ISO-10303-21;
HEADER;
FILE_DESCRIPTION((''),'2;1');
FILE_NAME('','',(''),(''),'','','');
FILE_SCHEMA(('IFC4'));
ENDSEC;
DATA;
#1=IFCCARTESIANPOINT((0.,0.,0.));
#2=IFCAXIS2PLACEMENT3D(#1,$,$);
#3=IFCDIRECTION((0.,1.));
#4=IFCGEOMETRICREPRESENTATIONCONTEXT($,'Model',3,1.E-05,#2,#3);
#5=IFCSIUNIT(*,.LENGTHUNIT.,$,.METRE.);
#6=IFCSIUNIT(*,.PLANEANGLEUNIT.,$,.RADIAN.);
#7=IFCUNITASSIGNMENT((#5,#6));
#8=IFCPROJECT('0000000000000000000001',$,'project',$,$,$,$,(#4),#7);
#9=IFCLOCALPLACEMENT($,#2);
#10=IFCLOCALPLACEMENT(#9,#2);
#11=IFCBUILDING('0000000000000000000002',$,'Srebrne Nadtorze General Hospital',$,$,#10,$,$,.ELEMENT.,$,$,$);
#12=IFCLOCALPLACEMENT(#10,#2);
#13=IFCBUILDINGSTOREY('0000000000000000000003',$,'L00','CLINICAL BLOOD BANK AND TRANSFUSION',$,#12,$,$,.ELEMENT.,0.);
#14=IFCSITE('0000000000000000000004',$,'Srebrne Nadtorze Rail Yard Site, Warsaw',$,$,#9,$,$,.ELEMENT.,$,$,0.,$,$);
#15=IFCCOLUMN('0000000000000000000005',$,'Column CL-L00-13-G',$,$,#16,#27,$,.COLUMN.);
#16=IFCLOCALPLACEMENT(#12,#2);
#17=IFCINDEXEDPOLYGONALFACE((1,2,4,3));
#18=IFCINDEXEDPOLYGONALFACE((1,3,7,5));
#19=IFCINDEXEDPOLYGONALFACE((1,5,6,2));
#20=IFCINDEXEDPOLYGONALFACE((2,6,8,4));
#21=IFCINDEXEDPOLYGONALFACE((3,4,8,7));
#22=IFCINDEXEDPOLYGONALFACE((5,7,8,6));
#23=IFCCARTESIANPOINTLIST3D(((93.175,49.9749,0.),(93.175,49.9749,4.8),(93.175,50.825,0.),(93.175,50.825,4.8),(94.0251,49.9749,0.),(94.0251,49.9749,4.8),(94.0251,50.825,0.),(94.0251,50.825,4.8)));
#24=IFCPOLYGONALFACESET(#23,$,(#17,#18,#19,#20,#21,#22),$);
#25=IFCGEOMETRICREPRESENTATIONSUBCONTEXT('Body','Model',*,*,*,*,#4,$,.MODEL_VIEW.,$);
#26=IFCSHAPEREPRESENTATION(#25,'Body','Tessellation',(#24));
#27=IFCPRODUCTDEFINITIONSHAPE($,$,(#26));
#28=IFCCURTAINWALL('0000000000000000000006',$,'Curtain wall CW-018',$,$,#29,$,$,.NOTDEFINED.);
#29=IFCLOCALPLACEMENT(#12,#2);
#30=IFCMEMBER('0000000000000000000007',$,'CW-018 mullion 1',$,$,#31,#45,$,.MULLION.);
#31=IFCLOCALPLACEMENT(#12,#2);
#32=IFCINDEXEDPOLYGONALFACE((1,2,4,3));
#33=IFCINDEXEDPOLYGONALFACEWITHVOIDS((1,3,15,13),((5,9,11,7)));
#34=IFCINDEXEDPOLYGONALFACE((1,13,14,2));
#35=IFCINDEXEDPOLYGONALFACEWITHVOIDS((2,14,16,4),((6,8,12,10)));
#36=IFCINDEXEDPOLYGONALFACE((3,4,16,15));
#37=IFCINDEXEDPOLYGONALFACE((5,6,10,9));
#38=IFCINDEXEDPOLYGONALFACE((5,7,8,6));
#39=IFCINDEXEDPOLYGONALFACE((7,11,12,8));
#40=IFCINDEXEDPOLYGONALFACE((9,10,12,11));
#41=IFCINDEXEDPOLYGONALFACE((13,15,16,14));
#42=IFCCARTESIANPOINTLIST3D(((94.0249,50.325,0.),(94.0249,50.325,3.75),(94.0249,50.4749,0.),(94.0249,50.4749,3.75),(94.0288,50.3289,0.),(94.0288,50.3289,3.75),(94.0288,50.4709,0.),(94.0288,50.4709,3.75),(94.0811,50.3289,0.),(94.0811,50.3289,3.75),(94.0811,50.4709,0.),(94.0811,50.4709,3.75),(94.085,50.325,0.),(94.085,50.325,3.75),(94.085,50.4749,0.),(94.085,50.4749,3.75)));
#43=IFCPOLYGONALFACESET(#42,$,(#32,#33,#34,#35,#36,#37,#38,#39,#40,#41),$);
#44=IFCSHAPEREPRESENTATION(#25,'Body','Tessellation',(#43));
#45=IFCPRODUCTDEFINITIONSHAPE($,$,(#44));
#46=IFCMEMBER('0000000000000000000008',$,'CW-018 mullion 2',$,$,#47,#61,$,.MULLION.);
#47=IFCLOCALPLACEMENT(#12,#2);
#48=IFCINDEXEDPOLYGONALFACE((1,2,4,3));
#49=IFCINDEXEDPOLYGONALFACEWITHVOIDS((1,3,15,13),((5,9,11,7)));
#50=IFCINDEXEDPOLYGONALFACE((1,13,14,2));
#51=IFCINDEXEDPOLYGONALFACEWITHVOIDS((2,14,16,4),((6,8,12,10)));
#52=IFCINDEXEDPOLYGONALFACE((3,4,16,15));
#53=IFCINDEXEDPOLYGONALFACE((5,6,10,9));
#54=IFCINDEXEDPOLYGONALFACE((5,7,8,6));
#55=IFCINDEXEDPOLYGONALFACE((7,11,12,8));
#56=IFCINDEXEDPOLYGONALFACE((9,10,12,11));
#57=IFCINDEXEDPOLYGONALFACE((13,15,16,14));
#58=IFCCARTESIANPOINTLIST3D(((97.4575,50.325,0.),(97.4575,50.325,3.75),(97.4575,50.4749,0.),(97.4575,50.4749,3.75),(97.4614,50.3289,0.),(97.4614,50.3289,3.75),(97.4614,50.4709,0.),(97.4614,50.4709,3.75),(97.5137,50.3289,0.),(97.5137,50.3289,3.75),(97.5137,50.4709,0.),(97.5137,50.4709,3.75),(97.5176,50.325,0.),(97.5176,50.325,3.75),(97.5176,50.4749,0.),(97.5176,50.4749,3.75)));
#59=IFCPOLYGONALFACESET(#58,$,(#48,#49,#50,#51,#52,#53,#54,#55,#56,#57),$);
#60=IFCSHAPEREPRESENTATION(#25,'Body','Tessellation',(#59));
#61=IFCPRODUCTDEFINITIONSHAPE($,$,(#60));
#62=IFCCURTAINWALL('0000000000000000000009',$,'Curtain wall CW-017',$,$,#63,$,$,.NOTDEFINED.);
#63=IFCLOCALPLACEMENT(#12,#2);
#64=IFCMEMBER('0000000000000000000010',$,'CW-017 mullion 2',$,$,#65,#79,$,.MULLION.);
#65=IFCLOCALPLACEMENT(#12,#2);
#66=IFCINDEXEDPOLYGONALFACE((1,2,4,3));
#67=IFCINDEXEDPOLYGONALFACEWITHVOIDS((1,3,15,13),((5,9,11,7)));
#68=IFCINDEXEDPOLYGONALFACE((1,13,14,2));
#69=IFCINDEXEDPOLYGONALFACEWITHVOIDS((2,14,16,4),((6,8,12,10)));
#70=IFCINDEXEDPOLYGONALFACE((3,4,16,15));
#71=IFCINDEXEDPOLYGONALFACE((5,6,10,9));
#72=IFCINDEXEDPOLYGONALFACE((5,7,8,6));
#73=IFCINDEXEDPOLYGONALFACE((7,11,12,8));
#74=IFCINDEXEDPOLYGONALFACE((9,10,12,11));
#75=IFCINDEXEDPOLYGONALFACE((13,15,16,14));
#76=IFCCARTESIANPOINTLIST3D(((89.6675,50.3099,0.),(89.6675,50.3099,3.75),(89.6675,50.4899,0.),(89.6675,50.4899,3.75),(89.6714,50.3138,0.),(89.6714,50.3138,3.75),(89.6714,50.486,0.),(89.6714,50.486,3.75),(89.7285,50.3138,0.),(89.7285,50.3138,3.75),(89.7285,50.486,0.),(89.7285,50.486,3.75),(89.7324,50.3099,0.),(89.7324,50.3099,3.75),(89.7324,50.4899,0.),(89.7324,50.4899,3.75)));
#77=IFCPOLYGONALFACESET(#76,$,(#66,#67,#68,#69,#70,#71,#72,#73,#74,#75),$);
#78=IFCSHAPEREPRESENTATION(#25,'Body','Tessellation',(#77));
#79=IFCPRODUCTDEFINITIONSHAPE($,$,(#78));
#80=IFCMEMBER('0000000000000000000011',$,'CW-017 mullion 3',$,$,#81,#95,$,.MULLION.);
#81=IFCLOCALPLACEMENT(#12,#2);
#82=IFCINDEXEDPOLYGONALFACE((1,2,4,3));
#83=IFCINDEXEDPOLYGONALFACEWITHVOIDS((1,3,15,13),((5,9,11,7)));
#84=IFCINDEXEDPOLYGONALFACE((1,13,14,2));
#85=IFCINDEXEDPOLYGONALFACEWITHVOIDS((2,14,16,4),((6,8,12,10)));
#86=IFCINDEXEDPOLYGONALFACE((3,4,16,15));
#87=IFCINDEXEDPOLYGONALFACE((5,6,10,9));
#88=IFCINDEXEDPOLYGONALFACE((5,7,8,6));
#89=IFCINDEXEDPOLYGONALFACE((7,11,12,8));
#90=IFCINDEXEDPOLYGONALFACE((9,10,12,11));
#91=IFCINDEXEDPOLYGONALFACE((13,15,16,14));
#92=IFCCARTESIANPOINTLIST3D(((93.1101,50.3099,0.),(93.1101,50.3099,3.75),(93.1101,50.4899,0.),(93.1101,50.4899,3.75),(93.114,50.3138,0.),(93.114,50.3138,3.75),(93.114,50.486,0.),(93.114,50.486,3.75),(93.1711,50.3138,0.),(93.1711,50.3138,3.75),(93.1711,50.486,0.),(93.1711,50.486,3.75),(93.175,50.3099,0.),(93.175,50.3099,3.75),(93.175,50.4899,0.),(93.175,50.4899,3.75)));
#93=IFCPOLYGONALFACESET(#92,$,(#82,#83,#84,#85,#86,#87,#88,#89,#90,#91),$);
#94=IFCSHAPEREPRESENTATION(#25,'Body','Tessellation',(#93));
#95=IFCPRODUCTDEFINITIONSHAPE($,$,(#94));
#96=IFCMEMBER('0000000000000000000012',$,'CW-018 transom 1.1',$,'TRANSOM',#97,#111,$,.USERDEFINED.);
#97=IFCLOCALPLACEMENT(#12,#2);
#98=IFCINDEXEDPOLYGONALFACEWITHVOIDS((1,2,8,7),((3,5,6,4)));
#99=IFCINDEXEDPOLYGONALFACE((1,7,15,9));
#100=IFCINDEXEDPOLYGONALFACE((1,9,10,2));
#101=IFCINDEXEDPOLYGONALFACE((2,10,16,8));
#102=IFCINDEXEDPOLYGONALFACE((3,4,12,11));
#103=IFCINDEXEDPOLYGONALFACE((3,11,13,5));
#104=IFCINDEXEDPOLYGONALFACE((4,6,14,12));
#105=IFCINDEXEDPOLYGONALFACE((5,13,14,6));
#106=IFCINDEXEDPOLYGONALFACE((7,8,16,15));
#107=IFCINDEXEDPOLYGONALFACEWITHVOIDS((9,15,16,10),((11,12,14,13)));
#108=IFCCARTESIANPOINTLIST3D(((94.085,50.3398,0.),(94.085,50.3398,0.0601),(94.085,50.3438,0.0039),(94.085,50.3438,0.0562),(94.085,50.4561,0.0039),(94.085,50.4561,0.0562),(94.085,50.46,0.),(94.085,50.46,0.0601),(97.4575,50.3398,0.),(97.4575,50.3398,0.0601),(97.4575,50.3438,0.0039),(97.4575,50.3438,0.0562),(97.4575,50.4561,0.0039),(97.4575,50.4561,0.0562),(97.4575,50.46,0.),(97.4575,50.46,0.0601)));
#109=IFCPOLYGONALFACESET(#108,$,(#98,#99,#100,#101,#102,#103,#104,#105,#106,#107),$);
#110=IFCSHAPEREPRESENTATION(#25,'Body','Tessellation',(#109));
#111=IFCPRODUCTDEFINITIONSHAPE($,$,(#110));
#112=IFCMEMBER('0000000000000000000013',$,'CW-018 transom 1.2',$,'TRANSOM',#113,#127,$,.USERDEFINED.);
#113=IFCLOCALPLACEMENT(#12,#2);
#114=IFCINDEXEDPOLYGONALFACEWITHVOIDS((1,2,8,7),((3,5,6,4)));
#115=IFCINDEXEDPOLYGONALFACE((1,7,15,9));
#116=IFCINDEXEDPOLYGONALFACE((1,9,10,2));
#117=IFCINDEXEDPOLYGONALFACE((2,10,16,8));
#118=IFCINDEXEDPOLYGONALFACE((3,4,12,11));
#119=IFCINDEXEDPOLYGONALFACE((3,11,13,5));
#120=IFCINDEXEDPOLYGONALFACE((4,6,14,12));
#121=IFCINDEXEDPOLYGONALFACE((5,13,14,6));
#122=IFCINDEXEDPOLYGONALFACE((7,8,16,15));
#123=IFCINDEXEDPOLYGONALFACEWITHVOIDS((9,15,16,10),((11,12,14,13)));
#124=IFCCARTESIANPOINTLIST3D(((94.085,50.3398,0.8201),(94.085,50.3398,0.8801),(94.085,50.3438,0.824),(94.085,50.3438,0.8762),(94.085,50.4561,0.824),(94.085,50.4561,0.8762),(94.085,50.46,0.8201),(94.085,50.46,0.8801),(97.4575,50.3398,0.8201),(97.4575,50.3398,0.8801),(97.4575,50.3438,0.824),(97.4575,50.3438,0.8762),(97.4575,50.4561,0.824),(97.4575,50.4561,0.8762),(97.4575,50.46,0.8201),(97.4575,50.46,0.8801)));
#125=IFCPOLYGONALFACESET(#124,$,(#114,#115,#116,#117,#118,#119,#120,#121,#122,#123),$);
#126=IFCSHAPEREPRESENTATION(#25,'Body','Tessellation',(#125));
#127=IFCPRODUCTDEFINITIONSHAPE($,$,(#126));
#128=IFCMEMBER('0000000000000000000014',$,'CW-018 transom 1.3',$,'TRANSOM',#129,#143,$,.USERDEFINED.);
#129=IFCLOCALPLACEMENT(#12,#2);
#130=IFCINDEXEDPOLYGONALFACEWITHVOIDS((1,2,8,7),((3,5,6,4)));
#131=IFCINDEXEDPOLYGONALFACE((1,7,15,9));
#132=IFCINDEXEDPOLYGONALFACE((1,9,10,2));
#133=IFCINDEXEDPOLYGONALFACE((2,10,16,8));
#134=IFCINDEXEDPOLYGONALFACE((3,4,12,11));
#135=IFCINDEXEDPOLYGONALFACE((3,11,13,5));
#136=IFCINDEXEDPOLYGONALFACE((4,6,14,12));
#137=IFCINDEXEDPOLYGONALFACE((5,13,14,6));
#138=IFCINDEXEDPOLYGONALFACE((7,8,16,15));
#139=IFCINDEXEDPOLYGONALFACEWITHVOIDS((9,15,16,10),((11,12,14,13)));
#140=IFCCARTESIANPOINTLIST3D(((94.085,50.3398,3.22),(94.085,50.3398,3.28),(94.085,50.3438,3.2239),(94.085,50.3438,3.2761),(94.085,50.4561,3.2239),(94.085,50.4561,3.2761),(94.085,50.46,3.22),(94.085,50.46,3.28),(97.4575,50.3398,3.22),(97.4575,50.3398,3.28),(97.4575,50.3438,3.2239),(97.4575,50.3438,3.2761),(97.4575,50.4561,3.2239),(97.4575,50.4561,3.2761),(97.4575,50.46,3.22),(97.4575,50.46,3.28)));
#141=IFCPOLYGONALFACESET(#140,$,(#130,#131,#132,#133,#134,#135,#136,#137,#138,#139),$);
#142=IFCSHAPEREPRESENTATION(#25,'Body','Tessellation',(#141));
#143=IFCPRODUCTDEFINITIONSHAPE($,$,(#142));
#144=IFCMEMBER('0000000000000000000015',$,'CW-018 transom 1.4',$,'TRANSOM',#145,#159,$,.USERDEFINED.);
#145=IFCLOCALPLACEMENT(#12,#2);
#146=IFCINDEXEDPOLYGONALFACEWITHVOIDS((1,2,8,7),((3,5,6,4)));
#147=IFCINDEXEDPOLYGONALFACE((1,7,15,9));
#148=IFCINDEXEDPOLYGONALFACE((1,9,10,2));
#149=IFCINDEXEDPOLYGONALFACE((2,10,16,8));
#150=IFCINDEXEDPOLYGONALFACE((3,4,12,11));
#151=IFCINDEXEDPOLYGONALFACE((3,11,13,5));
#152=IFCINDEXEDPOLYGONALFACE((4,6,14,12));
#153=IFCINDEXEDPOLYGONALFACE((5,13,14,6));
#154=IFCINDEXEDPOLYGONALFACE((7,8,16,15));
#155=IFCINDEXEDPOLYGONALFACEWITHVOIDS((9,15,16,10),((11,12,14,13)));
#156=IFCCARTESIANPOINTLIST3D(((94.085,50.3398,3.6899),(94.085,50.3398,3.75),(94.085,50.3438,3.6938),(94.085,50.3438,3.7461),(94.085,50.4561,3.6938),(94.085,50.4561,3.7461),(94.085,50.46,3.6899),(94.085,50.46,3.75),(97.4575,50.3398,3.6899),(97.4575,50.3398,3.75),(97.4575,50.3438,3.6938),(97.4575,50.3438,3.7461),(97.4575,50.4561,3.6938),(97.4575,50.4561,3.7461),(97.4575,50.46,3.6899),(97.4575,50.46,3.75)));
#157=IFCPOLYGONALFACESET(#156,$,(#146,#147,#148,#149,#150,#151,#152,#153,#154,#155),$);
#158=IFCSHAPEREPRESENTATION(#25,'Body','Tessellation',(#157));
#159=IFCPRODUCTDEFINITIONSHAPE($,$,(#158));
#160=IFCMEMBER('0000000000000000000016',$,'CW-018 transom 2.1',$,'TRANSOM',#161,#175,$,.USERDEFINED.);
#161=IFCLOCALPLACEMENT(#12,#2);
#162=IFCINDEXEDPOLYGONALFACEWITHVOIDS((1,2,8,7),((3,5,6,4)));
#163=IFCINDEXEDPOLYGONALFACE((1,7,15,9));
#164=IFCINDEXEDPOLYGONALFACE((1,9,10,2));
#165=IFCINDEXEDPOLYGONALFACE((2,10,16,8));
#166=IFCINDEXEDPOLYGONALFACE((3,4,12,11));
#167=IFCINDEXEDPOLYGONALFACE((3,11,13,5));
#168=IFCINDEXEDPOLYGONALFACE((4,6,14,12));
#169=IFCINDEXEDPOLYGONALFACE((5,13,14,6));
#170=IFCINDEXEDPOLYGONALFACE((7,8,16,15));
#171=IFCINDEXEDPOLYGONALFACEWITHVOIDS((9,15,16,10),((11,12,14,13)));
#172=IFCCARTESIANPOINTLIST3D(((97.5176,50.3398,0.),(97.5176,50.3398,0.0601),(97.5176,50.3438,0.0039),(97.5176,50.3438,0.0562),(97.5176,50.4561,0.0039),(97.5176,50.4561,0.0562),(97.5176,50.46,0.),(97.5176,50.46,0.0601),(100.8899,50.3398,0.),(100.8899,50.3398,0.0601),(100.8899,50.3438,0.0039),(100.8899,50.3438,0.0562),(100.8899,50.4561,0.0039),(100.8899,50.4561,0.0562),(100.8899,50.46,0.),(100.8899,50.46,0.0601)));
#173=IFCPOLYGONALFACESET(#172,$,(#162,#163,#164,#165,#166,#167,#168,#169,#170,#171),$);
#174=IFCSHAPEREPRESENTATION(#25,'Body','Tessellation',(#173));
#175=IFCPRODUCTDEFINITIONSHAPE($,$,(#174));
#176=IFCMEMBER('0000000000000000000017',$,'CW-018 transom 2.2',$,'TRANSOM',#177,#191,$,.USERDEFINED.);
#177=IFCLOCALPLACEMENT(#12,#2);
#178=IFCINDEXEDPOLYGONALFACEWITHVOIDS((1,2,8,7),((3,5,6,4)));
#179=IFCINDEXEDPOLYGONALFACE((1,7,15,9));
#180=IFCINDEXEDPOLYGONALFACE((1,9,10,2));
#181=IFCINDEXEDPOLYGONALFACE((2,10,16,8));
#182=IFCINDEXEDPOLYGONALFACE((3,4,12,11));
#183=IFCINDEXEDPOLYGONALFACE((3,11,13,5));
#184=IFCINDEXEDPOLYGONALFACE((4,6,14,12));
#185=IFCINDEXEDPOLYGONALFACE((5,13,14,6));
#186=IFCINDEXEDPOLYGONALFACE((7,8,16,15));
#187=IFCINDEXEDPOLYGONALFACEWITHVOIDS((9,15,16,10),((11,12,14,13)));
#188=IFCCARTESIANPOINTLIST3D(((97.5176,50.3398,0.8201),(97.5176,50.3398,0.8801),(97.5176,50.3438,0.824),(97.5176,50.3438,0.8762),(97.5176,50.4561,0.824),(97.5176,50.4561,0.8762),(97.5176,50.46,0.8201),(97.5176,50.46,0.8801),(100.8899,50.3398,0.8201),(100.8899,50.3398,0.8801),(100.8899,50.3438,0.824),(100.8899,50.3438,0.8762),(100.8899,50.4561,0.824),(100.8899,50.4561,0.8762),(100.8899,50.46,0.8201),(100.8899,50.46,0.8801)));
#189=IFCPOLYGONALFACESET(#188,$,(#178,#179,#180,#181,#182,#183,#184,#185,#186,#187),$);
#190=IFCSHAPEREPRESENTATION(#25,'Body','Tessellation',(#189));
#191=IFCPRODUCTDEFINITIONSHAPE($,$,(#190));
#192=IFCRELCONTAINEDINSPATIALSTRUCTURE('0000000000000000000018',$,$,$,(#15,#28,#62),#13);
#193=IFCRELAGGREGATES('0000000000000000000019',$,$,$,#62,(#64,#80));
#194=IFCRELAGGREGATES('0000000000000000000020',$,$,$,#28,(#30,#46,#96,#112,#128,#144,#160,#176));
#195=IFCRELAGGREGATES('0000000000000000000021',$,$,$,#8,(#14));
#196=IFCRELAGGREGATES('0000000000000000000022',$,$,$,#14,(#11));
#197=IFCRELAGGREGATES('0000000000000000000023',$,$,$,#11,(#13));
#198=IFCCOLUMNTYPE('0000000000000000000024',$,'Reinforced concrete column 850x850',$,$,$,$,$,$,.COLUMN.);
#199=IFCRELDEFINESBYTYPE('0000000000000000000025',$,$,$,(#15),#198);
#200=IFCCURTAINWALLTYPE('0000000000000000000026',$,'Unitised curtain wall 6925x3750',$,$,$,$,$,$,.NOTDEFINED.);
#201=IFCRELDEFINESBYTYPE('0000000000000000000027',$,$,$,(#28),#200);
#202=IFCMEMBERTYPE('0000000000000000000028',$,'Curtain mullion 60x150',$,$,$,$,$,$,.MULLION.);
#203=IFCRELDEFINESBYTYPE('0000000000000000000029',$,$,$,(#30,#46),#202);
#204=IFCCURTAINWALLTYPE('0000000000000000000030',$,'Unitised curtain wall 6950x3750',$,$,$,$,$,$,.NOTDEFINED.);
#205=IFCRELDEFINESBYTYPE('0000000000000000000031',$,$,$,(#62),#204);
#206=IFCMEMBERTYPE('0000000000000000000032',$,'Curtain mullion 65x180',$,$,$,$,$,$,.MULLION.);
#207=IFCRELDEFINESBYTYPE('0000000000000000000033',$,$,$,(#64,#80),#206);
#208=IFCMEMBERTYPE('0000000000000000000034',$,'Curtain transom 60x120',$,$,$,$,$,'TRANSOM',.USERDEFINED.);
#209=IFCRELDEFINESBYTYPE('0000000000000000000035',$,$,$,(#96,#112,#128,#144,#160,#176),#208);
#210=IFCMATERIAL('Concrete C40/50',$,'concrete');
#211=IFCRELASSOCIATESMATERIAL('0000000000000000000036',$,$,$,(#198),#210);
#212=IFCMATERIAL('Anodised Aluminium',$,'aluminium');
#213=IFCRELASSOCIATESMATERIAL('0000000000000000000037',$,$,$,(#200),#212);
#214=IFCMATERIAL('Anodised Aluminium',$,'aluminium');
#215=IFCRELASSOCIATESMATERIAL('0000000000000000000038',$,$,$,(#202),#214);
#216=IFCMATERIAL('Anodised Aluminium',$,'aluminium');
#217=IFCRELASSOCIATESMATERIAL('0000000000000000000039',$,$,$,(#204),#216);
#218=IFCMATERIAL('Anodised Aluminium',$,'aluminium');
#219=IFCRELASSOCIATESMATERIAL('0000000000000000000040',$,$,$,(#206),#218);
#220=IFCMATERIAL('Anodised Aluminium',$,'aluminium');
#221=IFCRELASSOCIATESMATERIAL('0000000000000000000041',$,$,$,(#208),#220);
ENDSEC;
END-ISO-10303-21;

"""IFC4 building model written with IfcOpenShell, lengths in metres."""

from ifc_helpers import new_model, si_unit, direction, frame, origin, origin_2d, place, context, subcontext, project, spatial, rectangle, hollow_rectangle, extrude, material, material_profile, profile_set, type_object, element, aggregate, save


model = new_model("IFC4")

# Units and contexts
model_context = context("Model", 3, precision=1e-05, world=origin(), true_north=direction((0.0, 1.0)))
body_context = subcontext(model_context, "Body", "Model", "MODEL_VIEW")
ifc_project = project(units=[si_unit("LENGTHUNIT", "METRE"), si_unit("PLANEANGLEUNIT", "RADIAN")], contexts=[model_context])

# Site, building, storey
site_placement = place(None, origin())
site = spatial("IfcSite", under=ifc_project, at=site_placement, Name="Srebrne Nadtorze Rail Yard Site, Warsaw", CompositionType="ELEMENT", RefElevation=0.0)
building_placement = place(site_placement, origin())
building = spatial("IfcBuilding", under=site, at=building_placement, Name="Srebrne Nadtorze General Hospital", CompositionType="ELEMENT")
storey_placement = place(building_placement, origin())
storey = spatial("IfcBuildingStorey", under=building, at=storey_placement, Name="L00", Description="CLINICAL BLOOD BANK AND TRANSFUSION", CompositionType="ELEMENT", Elevation=0.0)

# Column
ifc_material_1 = material(Name="Concrete C40/50", Category="concrete")
ifc_material_profile_1 = material_profile(ifc_material_1, rectangle(XDim=0.8501, YDim=0.8501, at=origin_2d()), Name="RC-COL-850x850")
ifc_profile_set_1 = profile_set([ifc_material_profile_1], Name="Concrete C40/50")
column_type = type_object("IfcColumnType", Name="Reinforced concrete column 850x850", PredefinedType="COLUMN", material=ifc_profile_set_1)
column_placement = place(storey_placement, frame((93.6001, 50.3999, 0.0), z_axis=(0.0, 0.0, 1.0), x_axis=(1.0, 0.0, 0.0)))
element("IfcColumn", 1, at=column_placement, inside=storey, type_object=column_type, Name="Column CL-L00-13-G", PredefinedType="COLUMN", context=body_context, shape_type="SweptSolid", body=[
    extrude(rectangle(XDim=0.8501, YDim=0.8501, at=origin_2d()), origin(), (0.0, 0.0, 1.0), 4.8),
])

# Curtain walls, members
ifc_material_2 = material(Name="Anodised Aluminium", Category="aluminium")
curtain_wall_type_1 = type_object("IfcCurtainWallType", Name="Unitised curtain wall 6925x3750", PredefinedType="NOTDEFINED", material=ifc_material_2)
curtain_wall_1_placement = place(storey_placement, origin())
curtain_wall_1 = element("IfcCurtainWall", 2, at=curtain_wall_1_placement, inside=storey, type_object=curtain_wall_type_1, Name="Curtain wall CW-018", PredefinedType="NOTDEFINED")
ifc_material_3 = material(Name="Anodised Aluminium", Category="aluminium")
ifc_material_profile_2 = material_profile(ifc_material_3, hollow_rectangle(XDim=0.0601, YDim=0.1499, WallThickness=0.0039, at=origin_2d()), Name="AL-MUL-60x150")
ifc_profile_set_2 = profile_set([ifc_material_profile_2], Name="Anodised Aluminium")
member_type_1 = type_object("IfcMemberType", Name="Curtain mullion 60x150", PredefinedType="MULLION", material=ifc_profile_set_2)
member_1_placement = place(storey_placement, frame((94.0549, 50.3999, 0.0), z_axis=(0.0, 0.0, 1.0), x_axis=(1.0, 0.0, 0.0)))
member_1 = element("IfcMember", 3, at=member_1_placement, type_object=member_type_1, Name="CW-018 mullion 1", PredefinedType="MULLION", context=body_context, shape_type="SweptSolid", body=[
    extrude(hollow_rectangle(XDim=0.0601, YDim=0.1499, WallThickness=0.0039, at=origin_2d()), origin(), (0.0, 0.0, 1.0), 3.75),
])
member_2_placement = place(storey_placement, frame((97.4875, 50.3999, 0.0), z_axis=(0.0, 0.0, 1.0), x_axis=(1.0, 0.0, 0.0)))
member_2 = element("IfcMember", 4, at=member_2_placement, type_object=member_type_1, Name="CW-018 mullion 2", PredefinedType="MULLION", context=body_context, shape_type="SweptSolid", body=[
    extrude(hollow_rectangle(XDim=0.0601, YDim=0.1499, WallThickness=0.0039, at=origin_2d()), origin(), (0.0, 0.0, 1.0), 3.75),
])
ifc_material_4 = material(Name="Anodised Aluminium", Category="aluminium")
curtain_wall_type_2 = type_object("IfcCurtainWallType", Name="Unitised curtain wall 6950x3750", PredefinedType="NOTDEFINED", material=ifc_material_4)
curtain_wall_2_placement = place(storey_placement, origin())
curtain_wall_2 = element("IfcCurtainWall", 5, at=curtain_wall_2_placement, inside=storey, type_object=curtain_wall_type_2, Name="Curtain wall CW-017", PredefinedType="NOTDEFINED")
ifc_material_5 = material(Name="Anodised Aluminium", Category="aluminium")
ifc_material_profile_3 = material_profile(ifc_material_5, hollow_rectangle(XDim=0.0649, YDim=0.1799, WallThickness=0.0039, at=origin_2d()), Name="AL-MUL-65x180")
ifc_profile_set_3 = profile_set([ifc_material_profile_3], Name="Anodised Aluminium")
member_type_2 = type_object("IfcMemberType", Name="Curtain mullion 65x180", PredefinedType="MULLION", material=ifc_profile_set_3)
member_3_placement = place(storey_placement, frame((89.7, 50.3999, 0.0), z_axis=(0.0, 0.0, 1.0), x_axis=(1.0, 0.0, 0.0)))
member_3 = element("IfcMember", 6, at=member_3_placement, type_object=member_type_2, Name="CW-017 mullion 2", PredefinedType="MULLION", context=body_context, shape_type="SweptSolid", body=[
    extrude(hollow_rectangle(XDim=0.0649, YDim=0.1799, WallThickness=0.0039, at=origin_2d()), origin(), (0.0, 0.0, 1.0), 3.75),
])
member_4_placement = place(storey_placement, frame((93.1426, 50.3999, 0.0), z_axis=(0.0, 0.0, 1.0), x_axis=(1.0, 0.0, 0.0)))
member_4 = element("IfcMember", 7, at=member_4_placement, type_object=member_type_2, Name="CW-017 mullion 3", PredefinedType="MULLION", context=body_context, shape_type="SweptSolid", body=[
    extrude(hollow_rectangle(XDim=0.0649, YDim=0.1799, WallThickness=0.0039, at=origin_2d()), origin(), (0.0, 0.0, 1.0), 3.75),
])

# Members
ifc_material_6 = material(Name="Anodised Aluminium", Category="aluminium")
ifc_material_profile_4 = material_profile(ifc_material_6, hollow_rectangle(XDim=0.0601, YDim=0.1201, WallThickness=0.0039, at=origin_2d()), Name="AL-TRN-60x120")
ifc_profile_set_4 = profile_set([ifc_material_profile_4], Name="Anodised Aluminium")
member_type_3 = type_object("IfcMemberType", Name="Curtain transom 60x120", ElementType="TRANSOM", PredefinedType="USERDEFINED", material=ifc_profile_set_4)
member_5_placement = place(storey_placement, frame((94.085, 50.3999, 0.03), z_axis=(1.0, 0.0, 0.0), x_axis=(0.0, 0.0, 1.0)))
member_5 = element("IfcMember", 8, at=member_5_placement, type_object=member_type_3, Name="CW-018 transom 1.1", ObjectType="TRANSOM", PredefinedType="USERDEFINED", context=body_context, shape_type="SweptSolid", body=[
    extrude(hollow_rectangle(XDim=0.0601, YDim=0.1201, WallThickness=0.0039, at=origin_2d()), origin(), (0.0, 0.0, 1.0), 3.3726),
])
member_6_placement = place(storey_placement, frame((94.085, 50.3999, 0.8501), z_axis=(1.0, 0.0, 0.0), x_axis=(0.0, 0.0, 1.0)))
member_6 = element("IfcMember", 9, at=member_6_placement, type_object=member_type_3, Name="CW-018 transom 1.2", ObjectType="TRANSOM", PredefinedType="USERDEFINED", context=body_context, shape_type="SweptSolid", body=[
    extrude(hollow_rectangle(XDim=0.0601, YDim=0.1201, WallThickness=0.0039, at=origin_2d()), origin(), (0.0, 0.0, 1.0), 3.3726),
])
member_7_placement = place(storey_placement, frame((94.085, 50.3999, 3.25), z_axis=(1.0, 0.0, 0.0), x_axis=(0.0, 0.0, 1.0)))
member_7 = element("IfcMember", 10, at=member_7_placement, type_object=member_type_3, Name="CW-018 transom 1.3", ObjectType="TRANSOM", PredefinedType="USERDEFINED", context=body_context, shape_type="SweptSolid", body=[
    extrude(hollow_rectangle(XDim=0.0601, YDim=0.1201, WallThickness=0.0039, at=origin_2d()), origin(), (0.0, 0.0, 1.0), 3.3726),
])
member_8_placement = place(storey_placement, frame((94.085, 50.3999, 3.72), z_axis=(1.0, 0.0, 0.0), x_axis=(0.0, 0.0, 1.0)))
member_8 = element("IfcMember", 11, at=member_8_placement, type_object=member_type_3, Name="CW-018 transom 1.4", ObjectType="TRANSOM", PredefinedType="USERDEFINED", context=body_context, shape_type="SweptSolid", body=[
    extrude(hollow_rectangle(XDim=0.0601, YDim=0.1201, WallThickness=0.0039, at=origin_2d()), origin(), (0.0, 0.0, 1.0), 3.3726),
])
member_9_placement = place(storey_placement, frame((97.5176, 50.3999, 0.03), z_axis=(1.0, 0.0, 0.0), x_axis=(0.0, 0.0, 1.0)))
member_9 = element("IfcMember", 12, at=member_9_placement, type_object=member_type_3, Name="CW-018 transom 2.1", ObjectType="TRANSOM", PredefinedType="USERDEFINED", context=body_context, shape_type="SweptSolid", body=[
    extrude(hollow_rectangle(XDim=0.0601, YDim=0.1201, WallThickness=0.0039, at=origin_2d()), origin(), (0.0, 0.0, 1.0), 3.3723),
])
member_10_placement = place(storey_placement, frame((97.5176, 50.3999, 0.8501), z_axis=(1.0, 0.0, 0.0), x_axis=(0.0, 0.0, 1.0)))
member_10 = element("IfcMember", 13, at=member_10_placement, type_object=member_type_3, Name="CW-018 transom 2.2", ObjectType="TRANSOM", PredefinedType="USERDEFINED", context=body_context, shape_type="SweptSolid", body=[
    extrude(hollow_rectangle(XDim=0.0601, YDim=0.1201, WallThickness=0.0039, at=origin_2d()), origin(), (0.0, 0.0, 1.0), 3.3723),
])

aggregate(curtain_wall_2, [member_3, member_4])
aggregate(curtain_wall_1, [member_1, member_2, member_5, member_6, member_7, member_8, member_9, member_10])

save(model, "model.ifc")
